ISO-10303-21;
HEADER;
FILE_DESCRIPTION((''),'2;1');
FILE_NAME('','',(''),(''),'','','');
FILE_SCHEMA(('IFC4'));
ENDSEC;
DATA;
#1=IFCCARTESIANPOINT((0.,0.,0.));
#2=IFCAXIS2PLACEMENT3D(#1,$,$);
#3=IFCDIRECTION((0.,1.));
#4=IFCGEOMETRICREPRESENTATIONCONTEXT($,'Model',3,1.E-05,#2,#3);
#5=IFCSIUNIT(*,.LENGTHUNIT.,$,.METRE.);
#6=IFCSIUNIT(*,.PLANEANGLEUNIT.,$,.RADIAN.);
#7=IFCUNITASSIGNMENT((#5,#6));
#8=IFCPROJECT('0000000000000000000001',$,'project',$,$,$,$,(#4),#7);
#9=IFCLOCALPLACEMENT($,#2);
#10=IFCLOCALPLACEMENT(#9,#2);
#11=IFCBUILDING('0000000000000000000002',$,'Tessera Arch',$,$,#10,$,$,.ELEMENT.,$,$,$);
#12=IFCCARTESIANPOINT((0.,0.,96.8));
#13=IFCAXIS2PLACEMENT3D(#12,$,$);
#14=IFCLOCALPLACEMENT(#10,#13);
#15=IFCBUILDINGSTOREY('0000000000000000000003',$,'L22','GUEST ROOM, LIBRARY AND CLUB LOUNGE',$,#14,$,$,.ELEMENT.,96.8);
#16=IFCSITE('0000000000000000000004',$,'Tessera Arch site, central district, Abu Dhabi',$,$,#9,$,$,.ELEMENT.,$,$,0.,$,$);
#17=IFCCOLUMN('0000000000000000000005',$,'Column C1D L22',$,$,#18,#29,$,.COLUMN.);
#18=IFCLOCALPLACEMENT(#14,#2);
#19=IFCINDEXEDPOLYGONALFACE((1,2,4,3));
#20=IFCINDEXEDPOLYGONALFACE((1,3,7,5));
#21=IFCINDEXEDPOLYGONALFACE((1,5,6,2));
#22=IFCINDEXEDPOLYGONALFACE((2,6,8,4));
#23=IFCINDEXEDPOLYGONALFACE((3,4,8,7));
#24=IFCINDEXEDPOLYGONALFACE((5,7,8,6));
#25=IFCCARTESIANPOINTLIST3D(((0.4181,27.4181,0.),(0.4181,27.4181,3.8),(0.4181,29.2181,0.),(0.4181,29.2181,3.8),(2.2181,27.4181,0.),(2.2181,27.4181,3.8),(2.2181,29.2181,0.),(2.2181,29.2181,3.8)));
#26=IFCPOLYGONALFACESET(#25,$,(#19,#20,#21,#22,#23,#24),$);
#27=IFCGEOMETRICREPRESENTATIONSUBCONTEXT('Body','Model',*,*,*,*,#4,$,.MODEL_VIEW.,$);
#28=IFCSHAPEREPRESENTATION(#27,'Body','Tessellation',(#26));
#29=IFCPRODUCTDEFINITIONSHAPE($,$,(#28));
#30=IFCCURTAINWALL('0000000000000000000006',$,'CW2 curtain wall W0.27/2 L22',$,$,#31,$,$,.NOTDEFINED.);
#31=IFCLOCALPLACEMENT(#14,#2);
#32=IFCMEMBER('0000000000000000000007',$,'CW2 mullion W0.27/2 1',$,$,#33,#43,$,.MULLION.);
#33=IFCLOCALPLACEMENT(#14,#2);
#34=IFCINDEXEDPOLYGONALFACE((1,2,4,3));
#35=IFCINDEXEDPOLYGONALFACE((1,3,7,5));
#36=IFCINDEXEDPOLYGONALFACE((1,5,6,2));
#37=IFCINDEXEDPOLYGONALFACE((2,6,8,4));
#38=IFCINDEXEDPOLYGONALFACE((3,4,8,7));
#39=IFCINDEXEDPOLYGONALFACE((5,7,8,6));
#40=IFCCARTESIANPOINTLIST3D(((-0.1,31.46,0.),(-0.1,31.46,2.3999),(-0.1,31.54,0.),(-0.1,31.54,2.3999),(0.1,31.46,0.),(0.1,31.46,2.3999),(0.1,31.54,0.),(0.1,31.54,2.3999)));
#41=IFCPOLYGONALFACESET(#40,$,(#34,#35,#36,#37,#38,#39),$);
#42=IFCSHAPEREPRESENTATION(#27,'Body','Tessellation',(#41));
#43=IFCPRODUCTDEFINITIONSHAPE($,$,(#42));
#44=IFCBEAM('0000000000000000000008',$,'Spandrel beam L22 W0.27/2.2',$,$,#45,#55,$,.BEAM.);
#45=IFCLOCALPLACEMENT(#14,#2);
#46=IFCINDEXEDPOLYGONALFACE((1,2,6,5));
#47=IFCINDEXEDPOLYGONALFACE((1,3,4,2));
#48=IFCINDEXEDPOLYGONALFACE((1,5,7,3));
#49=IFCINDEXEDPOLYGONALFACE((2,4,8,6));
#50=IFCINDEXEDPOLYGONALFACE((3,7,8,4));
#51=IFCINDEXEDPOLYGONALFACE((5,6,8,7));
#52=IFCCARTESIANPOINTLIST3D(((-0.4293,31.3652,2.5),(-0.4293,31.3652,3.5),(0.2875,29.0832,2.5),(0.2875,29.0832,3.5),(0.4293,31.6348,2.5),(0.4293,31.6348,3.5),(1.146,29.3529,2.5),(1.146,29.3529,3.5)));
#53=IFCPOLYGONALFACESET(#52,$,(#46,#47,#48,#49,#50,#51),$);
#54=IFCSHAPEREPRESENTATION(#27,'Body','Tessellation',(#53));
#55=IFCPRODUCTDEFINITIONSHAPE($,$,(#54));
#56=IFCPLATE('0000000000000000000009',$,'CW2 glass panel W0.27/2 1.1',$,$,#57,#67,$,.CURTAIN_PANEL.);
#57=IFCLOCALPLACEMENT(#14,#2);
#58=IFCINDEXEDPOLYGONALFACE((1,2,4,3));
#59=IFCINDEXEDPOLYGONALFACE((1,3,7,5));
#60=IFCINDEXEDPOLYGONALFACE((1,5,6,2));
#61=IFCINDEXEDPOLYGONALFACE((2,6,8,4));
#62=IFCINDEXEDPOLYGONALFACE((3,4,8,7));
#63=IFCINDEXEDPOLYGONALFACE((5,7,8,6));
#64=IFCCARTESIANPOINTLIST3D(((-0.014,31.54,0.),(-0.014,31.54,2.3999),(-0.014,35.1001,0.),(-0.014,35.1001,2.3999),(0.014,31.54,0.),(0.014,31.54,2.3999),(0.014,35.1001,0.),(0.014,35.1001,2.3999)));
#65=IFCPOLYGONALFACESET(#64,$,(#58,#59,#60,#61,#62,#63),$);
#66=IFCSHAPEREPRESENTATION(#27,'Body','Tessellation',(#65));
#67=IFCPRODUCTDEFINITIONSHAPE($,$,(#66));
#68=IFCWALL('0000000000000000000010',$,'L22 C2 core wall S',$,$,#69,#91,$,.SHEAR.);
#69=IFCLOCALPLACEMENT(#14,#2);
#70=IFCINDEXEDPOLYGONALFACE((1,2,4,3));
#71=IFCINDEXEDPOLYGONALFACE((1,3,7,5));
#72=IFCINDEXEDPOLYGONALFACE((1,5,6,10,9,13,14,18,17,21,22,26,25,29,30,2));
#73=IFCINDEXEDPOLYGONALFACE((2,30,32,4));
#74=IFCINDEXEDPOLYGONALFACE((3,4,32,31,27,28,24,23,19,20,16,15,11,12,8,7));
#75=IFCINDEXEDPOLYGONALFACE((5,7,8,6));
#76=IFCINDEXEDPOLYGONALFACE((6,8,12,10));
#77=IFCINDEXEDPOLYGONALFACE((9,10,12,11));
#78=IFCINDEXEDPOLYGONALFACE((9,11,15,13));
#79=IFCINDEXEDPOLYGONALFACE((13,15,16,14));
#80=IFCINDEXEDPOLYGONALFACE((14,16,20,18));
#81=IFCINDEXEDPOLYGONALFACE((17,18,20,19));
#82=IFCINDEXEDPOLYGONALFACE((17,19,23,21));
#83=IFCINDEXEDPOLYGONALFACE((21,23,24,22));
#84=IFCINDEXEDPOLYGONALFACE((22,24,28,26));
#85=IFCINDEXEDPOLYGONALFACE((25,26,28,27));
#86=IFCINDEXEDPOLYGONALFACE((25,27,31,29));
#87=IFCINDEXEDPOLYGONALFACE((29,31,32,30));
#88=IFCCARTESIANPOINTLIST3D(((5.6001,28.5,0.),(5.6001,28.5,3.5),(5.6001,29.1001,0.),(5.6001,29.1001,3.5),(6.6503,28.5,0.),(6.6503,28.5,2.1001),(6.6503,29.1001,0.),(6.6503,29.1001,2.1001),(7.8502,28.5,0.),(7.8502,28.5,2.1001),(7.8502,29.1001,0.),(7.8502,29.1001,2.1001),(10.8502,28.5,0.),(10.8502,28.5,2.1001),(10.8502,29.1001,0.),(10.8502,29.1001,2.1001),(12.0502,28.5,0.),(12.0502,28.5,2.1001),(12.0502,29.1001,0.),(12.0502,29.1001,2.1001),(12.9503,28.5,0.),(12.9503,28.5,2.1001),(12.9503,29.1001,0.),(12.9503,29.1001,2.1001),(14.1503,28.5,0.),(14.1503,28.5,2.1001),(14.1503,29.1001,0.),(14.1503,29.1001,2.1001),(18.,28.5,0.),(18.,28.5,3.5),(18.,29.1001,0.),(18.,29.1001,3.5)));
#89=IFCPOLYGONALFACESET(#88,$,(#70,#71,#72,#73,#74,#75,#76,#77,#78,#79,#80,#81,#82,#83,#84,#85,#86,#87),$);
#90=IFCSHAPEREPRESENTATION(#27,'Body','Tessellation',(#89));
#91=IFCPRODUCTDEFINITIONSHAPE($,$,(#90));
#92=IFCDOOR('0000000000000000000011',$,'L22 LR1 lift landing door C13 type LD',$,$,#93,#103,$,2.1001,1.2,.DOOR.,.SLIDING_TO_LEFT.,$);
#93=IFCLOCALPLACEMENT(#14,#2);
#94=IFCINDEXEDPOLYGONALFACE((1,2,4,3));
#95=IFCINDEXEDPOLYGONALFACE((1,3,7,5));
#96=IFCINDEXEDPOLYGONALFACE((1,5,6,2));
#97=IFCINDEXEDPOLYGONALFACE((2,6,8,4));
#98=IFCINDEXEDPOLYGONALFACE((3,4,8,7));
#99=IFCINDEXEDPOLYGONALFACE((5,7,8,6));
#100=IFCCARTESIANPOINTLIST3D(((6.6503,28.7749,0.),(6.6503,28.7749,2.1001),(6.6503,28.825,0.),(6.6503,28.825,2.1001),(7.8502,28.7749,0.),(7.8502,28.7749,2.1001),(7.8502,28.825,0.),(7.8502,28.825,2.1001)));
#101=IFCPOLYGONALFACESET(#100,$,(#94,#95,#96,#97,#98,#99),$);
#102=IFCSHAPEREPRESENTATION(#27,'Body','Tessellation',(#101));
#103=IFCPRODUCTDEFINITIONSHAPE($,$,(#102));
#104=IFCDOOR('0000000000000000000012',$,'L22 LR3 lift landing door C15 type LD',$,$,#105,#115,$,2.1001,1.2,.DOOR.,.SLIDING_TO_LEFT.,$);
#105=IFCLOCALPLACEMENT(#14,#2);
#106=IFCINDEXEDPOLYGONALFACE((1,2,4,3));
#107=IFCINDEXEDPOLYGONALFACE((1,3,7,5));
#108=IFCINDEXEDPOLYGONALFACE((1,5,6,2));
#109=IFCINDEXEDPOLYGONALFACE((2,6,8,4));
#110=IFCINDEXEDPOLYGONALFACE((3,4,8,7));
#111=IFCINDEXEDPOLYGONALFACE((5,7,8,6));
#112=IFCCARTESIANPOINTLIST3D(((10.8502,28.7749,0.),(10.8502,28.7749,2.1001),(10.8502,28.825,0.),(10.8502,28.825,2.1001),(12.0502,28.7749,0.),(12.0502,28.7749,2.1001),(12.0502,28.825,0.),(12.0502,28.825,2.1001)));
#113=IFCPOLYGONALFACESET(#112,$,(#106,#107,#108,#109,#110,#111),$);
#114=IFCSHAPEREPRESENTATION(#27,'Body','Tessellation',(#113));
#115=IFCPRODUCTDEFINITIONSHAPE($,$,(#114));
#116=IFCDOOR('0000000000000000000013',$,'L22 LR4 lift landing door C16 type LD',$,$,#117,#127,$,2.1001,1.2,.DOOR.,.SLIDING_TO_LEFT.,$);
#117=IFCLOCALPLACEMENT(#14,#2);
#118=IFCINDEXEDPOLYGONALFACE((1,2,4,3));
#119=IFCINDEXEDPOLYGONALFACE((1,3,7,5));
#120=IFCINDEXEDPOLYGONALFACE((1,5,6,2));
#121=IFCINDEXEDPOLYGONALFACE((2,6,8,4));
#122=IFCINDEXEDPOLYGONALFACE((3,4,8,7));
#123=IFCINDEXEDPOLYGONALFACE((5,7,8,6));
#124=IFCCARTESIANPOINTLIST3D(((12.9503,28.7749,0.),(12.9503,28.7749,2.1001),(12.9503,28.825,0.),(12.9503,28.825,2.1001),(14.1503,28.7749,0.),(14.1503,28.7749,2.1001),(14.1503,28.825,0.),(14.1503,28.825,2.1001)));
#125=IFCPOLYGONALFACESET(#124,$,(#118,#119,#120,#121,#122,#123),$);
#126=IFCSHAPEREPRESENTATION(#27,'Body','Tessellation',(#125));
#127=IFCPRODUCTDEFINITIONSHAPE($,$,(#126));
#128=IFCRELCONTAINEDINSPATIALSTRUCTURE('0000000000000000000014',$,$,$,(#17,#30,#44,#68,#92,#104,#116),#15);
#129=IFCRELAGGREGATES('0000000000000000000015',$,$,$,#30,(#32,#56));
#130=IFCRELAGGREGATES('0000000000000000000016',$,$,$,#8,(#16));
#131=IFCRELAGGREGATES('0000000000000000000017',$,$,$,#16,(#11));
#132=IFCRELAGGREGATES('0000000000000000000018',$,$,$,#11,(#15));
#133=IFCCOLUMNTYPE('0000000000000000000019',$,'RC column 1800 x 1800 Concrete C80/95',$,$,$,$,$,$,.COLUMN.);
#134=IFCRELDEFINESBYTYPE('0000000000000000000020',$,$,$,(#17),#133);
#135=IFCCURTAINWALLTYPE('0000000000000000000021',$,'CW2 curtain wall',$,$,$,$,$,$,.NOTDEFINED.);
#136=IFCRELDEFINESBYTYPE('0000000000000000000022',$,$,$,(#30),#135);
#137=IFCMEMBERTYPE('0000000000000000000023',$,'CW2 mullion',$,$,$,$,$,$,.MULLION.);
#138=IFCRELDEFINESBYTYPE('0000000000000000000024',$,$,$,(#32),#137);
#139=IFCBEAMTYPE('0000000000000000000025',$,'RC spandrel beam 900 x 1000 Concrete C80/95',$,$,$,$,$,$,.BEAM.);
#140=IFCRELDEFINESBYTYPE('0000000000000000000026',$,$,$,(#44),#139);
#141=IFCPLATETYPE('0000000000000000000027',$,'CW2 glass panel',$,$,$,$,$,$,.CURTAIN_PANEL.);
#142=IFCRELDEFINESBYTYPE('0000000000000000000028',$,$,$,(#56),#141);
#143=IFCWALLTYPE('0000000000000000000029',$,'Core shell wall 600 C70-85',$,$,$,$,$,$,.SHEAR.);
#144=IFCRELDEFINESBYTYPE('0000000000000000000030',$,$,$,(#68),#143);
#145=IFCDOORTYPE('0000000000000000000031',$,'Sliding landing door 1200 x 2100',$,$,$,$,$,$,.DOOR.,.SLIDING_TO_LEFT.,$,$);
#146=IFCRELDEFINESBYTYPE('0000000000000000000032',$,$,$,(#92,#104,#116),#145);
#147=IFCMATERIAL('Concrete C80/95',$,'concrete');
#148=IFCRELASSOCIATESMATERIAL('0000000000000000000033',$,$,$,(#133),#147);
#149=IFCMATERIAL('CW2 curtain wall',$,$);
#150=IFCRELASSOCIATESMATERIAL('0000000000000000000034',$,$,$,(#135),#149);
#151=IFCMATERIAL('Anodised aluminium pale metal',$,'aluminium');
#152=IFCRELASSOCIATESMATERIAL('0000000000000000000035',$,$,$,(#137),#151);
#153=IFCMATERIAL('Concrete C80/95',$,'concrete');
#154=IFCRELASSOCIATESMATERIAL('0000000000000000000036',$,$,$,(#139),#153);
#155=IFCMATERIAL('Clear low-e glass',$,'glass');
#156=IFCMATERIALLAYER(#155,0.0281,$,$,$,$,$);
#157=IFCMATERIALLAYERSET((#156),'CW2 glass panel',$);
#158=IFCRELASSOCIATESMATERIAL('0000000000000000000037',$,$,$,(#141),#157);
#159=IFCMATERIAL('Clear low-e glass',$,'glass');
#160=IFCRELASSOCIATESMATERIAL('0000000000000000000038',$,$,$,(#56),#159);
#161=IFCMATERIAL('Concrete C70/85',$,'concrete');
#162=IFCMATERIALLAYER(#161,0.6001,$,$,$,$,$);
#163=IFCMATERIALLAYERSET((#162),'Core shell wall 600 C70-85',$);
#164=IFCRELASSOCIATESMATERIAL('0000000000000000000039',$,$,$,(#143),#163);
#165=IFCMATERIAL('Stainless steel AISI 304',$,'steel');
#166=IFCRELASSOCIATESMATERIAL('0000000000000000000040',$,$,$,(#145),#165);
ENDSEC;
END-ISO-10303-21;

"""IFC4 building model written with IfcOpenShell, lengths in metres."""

from ifc_helpers import new_model, si_unit, direction, frame, frame_2d, origin, origin_2d, place, context, subcontext, project, spatial, rectangle, extrude, material, layer, layer_set, material_profile, profile_set, type_object, element, fill, aggregate, save


model = new_model("IFC4")

# Units and contexts
model_context = context("Model", 3, precision=1e-05, world=origin(), true_north=direction((0.0, 1.0)))
body_context = subcontext(model_context, "Body", "Model", "MODEL_VIEW")
ifc_project = project(units=[si_unit("LENGTHUNIT", "METRE"), si_unit("PLANEANGLEUNIT", "RADIAN")], contexts=[model_context])

# Site, building, storey
site_placement = place(None, origin())
site = spatial("IfcSite", under=ifc_project, at=site_placement, Name="Tessera Arch site, central district, Abu Dhabi", CompositionType="ELEMENT", RefElevation=0.0)
building_placement = place(site_placement, origin())
building = spatial("IfcBuilding", under=site, at=building_placement, Name="Tessera Arch", CompositionType="ELEMENT")
storey_placement = place(building_placement, frame((0.0, 0.0, 96.8)))
storey = spatial("IfcBuildingStorey", under=building, at=storey_placement, Name="L22", Description="GUEST ROOM, LIBRARY AND CLUB LOUNGE", CompositionType="ELEMENT", Elevation=96.8)

# Column
ifc_material_1 = material(Name="Concrete C80/95", Category="concrete")
ifc_material_profile_1 = material_profile(ifc_material_1, rectangle(XDim=1.8, YDim=1.8, at=origin_2d()), Name="RC column 1800 x 1800 Concrete C80/95")
ifc_profile_set_1 = profile_set([ifc_material_profile_1], Name="Concrete C80/95")
column_type = type_object("IfcColumnType", Name="RC column 1800 x 1800 Concrete C80/95", PredefinedType="COLUMN", material=ifc_profile_set_1)
column_placement = place(storey_placement, frame((1.3181, 28.3181, 0.0), z_axis=(0.0, 0.0, 1.0), x_axis=(1.0, 0.0, 0.0)))
element("IfcColumn", 1, at=column_placement, inside=storey, type_object=column_type, Name="Column C1D L22", PredefinedType="COLUMN", context=body_context, shape_type="SweptSolid", body=[
    extrude(rectangle(XDim=1.8, YDim=1.8, at=origin_2d()), origin(), (0.0, 0.0, 1.0), 3.8),
])

# Curtain wall, member
ifc_material_2 = material(Name="CW2 curtain wall")
curtain_wall_type = type_object("IfcCurtainWallType", Name="CW2 curtain wall", PredefinedType="NOTDEFINED", material=ifc_material_2)
curtain_wall_placement = place(storey_placement, origin())
curtain_wall = element("IfcCurtainWall", 2, at=curtain_wall_placement, inside=storey, type_object=curtain_wall_type, Name="CW2 curtain wall W0.27/2 L22", PredefinedType="NOTDEFINED")
ifc_material_3 = material(Name="Anodised aluminium pale metal", Category="aluminium")
ifc_material_profile_2 = material_profile(ifc_material_3, rectangle(XDim=0.2, YDim=0.0801, at=origin_2d()), Name="AL 80x200")
ifc_profile_set_2 = profile_set([ifc_material_profile_2], Name="Anodised aluminium pale metal")
member_type = type_object("IfcMemberType", Name="CW2 mullion", PredefinedType="MULLION", material=ifc_profile_set_2)
member_placement = place(storey_placement, frame((0.0, 31.5, 0.0), z_axis=(0.0, 0.0, 1.0), x_axis=(1.0, 0.0, 0.0)))
member = element("IfcMember", 3, at=member_placement, type_object=member_type, Name="CW2 mullion W0.27/2 1", PredefinedType="MULLION", context=body_context, shape_type="SweptSolid", body=[
    extrude(rectangle(XDim=0.2, YDim=0.0801, at=origin_2d()), origin(), (0.0, 0.0, 1.0), 2.3999),
])

# Beam
ifc_material_4 = material(Name="Concrete C80/95", Category="concrete")
ifc_material_profile_3 = material_profile(ifc_material_4, rectangle(XDim=0.8999, YDim=1.0, at=origin_2d()), Name="RC spandrel beam 900 x 1000 Concrete C80/95")
ifc_profile_set_3 = profile_set([ifc_material_profile_3], Name="Concrete C80/95")
beam_type = type_object("IfcBeamType", Name="RC spandrel beam 900 x 1000 Concrete C80/95", PredefinedType="BEAM", material=ifc_profile_set_3)
beam_placement = place(storey_placement, frame((0.0, 31.5, 3.0), z_axis=(0.299675, -0.954041, 0.0), x_axis=(0.954041, 0.299675, 0.0)))
element("IfcBeam", 4, at=beam_placement, inside=storey, type_object=beam_type, Name="Spandrel beam L22 W0.27/2.2", PredefinedType="BEAM", context=body_context, shape_type="SweptSolid", body=[
    extrude(rectangle(XDim=0.8999, YDim=1.0, at=origin_2d()), origin(), (0.0, 0.0, 1.0), 2.3918),
])

# Plate
ifc_material_5 = material(Name="Clear low-e glass", Category="glass")
ifc_material_6 = material(Name="Clear low-e glass", Category="glass")
ifc_layer_1 = layer(ifc_material_6, 0.0281)
ifc_layer_set_1 = layer_set([ifc_layer_1], Name="CW2 glass panel")
plate_type = type_object("IfcPlateType", Name="CW2 glass panel", PredefinedType="CURTAIN_PANEL", material=ifc_layer_set_1)
plate_placement = place(storey_placement, frame((0.0, 33.3201, 0.0), z_axis=(0.0, 0.0, 1.0), x_axis=(0.0, -1.0, 0.0)))
plate = element("IfcPlate", 5, at=plate_placement, type_object=plate_type, material=ifc_material_5, Name="CW2 glass panel W0.27/2 1.1", PredefinedType="CURTAIN_PANEL", context=body_context, shape_type="SweptSolid", body=[
    extrude(rectangle(XDim=3.5601, YDim=0.0281, at=origin_2d()), origin(), (0.0, 0.0, 1.0), 2.3999),
])
aggregate(curtain_wall, [member, plate])

# Wall, openings, doors
ifc_material_7 = material(Name="Concrete C70/85", Category="concrete")
ifc_layer_2 = layer(ifc_material_7, 0.6001)
ifc_layer_set_2 = layer_set([ifc_layer_2], Name="Core shell wall 600 C70-85")
wall_type_1 = type_object("IfcWallType", Name="Core shell wall 600 C70-85", PredefinedType="SHEAR", material=ifc_layer_set_2)
wall_1_placement = place(storey_placement, frame((5.6001, 28.8, 0.0), z_axis=(0.0, 0.0, 1.0), x_axis=(1.0, 0.0, 0.0)))
wall_1 = element("IfcWall", 6, at=wall_1_placement, inside=storey, type_object=wall_type_1, Name="L22 C2 core wall S", PredefinedType="SHEAR", context=body_context, shape_type="SweptSolid", body=[
    extrude(rectangle(XDim=12.3999, YDim=0.6001, at=frame_2d((6.2, 0.0))), origin(), (0.0, 0.0, 1.0), 3.5),
])
opening_1_placement = place(wall_1_placement, frame((1.05, 0.0, 0.0)))
opening_1 = element("IfcOpeningElement", 7, at=opening_1_placement, cuts=wall_1, PredefinedType="OPENING", context=body_context, shape_type="SweptSolid", body=[
    extrude(rectangle(XDim=1.2, YDim=2.1001, at=frame_2d((0.6001, 1.05))), frame((0.0, 0.3101, 0.0), z_axis=(0.0, -1.0, 0.0), x_axis=(1.0, 0.0, 0.0)), (0.0, 0.0, 1.0), 0.6201),
])
opening_2_placement = place(wall_1_placement, frame((5.25, 0.0, 0.0)))
opening_2 = element("IfcOpeningElement", 8, at=opening_2_placement, cuts=wall_1, PredefinedType="OPENING", context=body_context, shape_type="SweptSolid", body=[
    extrude(rectangle(XDim=1.2, YDim=2.1001, at=frame_2d((0.6001, 1.05))), frame((0.0, 0.3101, 0.0), z_axis=(0.0, -1.0, 0.0), x_axis=(1.0, 0.0, 0.0)), (0.0, 0.0, 1.0), 0.6201),
])
opening_3_placement = place(wall_1_placement, frame((7.3501, 0.0, 0.0)))
opening_3 = element("IfcOpeningElement", 9, at=opening_3_placement, cuts=wall_1, PredefinedType="OPENING", context=body_context, shape_type="SweptSolid", body=[
    extrude(rectangle(XDim=1.2, YDim=2.1001, at=frame_2d((0.6001, 1.05))), frame((0.0, 0.3101, 0.0), z_axis=(0.0, -1.0, 0.0), x_axis=(1.0, 0.0, 0.0)), (0.0, 0.0, 1.0), 0.6201),
])
ifc_material_8 = material(Name="Stainless steel AISI 304", Category="steel")
door_type_1 = type_object("IfcDoorType", Name="Sliding landing door 1200 x 2100", OperationType="SLIDING_TO_LEFT", PredefinedType="DOOR", material=ifc_material_8)
door_1_placement = place(opening_1_placement, origin())
door_1 = element("IfcDoor", 10, at=door_1_placement, inside=storey, type_object=door_type_1, Name="L22 LR1 lift landing door C13 type LD", OperationType="SLIDING_TO_LEFT", OverallHeight=2.1001, OverallWidth=1.2, PredefinedType="DOOR", context=body_context, shape_type="SweptSolid", body=[
    extrude(rectangle(XDim=1.2, YDim=2.1001, at=frame_2d((0.6001, 1.05))), frame((0.0, 0.0249, 0.0), z_axis=(0.0, -1.0, 0.0), x_axis=(1.0, 0.0, 0.0)), (0.0, 0.0, 1.0), 0.05),
])
fill(opening_1, door_1)
door_2_placement = place(opening_2_placement, origin())
door_2 = element("IfcDoor", 11, at=door_2_placement, inside=storey, type_object=door_type_1, Name="L22 LR3 lift landing door C15 type LD", OperationType="SLIDING_TO_LEFT", OverallHeight=2.1001, OverallWidth=1.2, PredefinedType="DOOR", context=body_context, shape_type="SweptSolid", body=[
    extrude(rectangle(XDim=1.2, YDim=2.1001, at=frame_2d((0.6001, 1.05))), frame((0.0, 0.0249, 0.0), z_axis=(0.0, -1.0, 0.0), x_axis=(1.0, 0.0, 0.0)), (0.0, 0.0, 1.0), 0.05),
])
fill(opening_2, door_2)
door_3_placement = place(opening_3_placement, origin())
door_3 = element("IfcDoor", 12, at=door_3_placement, inside=storey, type_object=door_type_1, Name="L22 LR4 lift landing door C16 type LD", OperationType="SLIDING_TO_LEFT", OverallHeight=2.1001, OverallWidth=1.2, PredefinedType="DOOR", context=body_context, shape_type="SweptSolid", body=[
    extrude(rectangle(XDim=1.2, YDim=2.1001, at=frame_2d((0.6001, 1.05))), frame((0.0, 0.0249, 0.0), z_axis=(0.0, -1.0, 0.0), x_axis=(1.0, 0.0, 0.0)), (0.0, 0.0, 1.0), 0.05),
])
fill(opening_3, door_3)

save(model, "model.ifc")
